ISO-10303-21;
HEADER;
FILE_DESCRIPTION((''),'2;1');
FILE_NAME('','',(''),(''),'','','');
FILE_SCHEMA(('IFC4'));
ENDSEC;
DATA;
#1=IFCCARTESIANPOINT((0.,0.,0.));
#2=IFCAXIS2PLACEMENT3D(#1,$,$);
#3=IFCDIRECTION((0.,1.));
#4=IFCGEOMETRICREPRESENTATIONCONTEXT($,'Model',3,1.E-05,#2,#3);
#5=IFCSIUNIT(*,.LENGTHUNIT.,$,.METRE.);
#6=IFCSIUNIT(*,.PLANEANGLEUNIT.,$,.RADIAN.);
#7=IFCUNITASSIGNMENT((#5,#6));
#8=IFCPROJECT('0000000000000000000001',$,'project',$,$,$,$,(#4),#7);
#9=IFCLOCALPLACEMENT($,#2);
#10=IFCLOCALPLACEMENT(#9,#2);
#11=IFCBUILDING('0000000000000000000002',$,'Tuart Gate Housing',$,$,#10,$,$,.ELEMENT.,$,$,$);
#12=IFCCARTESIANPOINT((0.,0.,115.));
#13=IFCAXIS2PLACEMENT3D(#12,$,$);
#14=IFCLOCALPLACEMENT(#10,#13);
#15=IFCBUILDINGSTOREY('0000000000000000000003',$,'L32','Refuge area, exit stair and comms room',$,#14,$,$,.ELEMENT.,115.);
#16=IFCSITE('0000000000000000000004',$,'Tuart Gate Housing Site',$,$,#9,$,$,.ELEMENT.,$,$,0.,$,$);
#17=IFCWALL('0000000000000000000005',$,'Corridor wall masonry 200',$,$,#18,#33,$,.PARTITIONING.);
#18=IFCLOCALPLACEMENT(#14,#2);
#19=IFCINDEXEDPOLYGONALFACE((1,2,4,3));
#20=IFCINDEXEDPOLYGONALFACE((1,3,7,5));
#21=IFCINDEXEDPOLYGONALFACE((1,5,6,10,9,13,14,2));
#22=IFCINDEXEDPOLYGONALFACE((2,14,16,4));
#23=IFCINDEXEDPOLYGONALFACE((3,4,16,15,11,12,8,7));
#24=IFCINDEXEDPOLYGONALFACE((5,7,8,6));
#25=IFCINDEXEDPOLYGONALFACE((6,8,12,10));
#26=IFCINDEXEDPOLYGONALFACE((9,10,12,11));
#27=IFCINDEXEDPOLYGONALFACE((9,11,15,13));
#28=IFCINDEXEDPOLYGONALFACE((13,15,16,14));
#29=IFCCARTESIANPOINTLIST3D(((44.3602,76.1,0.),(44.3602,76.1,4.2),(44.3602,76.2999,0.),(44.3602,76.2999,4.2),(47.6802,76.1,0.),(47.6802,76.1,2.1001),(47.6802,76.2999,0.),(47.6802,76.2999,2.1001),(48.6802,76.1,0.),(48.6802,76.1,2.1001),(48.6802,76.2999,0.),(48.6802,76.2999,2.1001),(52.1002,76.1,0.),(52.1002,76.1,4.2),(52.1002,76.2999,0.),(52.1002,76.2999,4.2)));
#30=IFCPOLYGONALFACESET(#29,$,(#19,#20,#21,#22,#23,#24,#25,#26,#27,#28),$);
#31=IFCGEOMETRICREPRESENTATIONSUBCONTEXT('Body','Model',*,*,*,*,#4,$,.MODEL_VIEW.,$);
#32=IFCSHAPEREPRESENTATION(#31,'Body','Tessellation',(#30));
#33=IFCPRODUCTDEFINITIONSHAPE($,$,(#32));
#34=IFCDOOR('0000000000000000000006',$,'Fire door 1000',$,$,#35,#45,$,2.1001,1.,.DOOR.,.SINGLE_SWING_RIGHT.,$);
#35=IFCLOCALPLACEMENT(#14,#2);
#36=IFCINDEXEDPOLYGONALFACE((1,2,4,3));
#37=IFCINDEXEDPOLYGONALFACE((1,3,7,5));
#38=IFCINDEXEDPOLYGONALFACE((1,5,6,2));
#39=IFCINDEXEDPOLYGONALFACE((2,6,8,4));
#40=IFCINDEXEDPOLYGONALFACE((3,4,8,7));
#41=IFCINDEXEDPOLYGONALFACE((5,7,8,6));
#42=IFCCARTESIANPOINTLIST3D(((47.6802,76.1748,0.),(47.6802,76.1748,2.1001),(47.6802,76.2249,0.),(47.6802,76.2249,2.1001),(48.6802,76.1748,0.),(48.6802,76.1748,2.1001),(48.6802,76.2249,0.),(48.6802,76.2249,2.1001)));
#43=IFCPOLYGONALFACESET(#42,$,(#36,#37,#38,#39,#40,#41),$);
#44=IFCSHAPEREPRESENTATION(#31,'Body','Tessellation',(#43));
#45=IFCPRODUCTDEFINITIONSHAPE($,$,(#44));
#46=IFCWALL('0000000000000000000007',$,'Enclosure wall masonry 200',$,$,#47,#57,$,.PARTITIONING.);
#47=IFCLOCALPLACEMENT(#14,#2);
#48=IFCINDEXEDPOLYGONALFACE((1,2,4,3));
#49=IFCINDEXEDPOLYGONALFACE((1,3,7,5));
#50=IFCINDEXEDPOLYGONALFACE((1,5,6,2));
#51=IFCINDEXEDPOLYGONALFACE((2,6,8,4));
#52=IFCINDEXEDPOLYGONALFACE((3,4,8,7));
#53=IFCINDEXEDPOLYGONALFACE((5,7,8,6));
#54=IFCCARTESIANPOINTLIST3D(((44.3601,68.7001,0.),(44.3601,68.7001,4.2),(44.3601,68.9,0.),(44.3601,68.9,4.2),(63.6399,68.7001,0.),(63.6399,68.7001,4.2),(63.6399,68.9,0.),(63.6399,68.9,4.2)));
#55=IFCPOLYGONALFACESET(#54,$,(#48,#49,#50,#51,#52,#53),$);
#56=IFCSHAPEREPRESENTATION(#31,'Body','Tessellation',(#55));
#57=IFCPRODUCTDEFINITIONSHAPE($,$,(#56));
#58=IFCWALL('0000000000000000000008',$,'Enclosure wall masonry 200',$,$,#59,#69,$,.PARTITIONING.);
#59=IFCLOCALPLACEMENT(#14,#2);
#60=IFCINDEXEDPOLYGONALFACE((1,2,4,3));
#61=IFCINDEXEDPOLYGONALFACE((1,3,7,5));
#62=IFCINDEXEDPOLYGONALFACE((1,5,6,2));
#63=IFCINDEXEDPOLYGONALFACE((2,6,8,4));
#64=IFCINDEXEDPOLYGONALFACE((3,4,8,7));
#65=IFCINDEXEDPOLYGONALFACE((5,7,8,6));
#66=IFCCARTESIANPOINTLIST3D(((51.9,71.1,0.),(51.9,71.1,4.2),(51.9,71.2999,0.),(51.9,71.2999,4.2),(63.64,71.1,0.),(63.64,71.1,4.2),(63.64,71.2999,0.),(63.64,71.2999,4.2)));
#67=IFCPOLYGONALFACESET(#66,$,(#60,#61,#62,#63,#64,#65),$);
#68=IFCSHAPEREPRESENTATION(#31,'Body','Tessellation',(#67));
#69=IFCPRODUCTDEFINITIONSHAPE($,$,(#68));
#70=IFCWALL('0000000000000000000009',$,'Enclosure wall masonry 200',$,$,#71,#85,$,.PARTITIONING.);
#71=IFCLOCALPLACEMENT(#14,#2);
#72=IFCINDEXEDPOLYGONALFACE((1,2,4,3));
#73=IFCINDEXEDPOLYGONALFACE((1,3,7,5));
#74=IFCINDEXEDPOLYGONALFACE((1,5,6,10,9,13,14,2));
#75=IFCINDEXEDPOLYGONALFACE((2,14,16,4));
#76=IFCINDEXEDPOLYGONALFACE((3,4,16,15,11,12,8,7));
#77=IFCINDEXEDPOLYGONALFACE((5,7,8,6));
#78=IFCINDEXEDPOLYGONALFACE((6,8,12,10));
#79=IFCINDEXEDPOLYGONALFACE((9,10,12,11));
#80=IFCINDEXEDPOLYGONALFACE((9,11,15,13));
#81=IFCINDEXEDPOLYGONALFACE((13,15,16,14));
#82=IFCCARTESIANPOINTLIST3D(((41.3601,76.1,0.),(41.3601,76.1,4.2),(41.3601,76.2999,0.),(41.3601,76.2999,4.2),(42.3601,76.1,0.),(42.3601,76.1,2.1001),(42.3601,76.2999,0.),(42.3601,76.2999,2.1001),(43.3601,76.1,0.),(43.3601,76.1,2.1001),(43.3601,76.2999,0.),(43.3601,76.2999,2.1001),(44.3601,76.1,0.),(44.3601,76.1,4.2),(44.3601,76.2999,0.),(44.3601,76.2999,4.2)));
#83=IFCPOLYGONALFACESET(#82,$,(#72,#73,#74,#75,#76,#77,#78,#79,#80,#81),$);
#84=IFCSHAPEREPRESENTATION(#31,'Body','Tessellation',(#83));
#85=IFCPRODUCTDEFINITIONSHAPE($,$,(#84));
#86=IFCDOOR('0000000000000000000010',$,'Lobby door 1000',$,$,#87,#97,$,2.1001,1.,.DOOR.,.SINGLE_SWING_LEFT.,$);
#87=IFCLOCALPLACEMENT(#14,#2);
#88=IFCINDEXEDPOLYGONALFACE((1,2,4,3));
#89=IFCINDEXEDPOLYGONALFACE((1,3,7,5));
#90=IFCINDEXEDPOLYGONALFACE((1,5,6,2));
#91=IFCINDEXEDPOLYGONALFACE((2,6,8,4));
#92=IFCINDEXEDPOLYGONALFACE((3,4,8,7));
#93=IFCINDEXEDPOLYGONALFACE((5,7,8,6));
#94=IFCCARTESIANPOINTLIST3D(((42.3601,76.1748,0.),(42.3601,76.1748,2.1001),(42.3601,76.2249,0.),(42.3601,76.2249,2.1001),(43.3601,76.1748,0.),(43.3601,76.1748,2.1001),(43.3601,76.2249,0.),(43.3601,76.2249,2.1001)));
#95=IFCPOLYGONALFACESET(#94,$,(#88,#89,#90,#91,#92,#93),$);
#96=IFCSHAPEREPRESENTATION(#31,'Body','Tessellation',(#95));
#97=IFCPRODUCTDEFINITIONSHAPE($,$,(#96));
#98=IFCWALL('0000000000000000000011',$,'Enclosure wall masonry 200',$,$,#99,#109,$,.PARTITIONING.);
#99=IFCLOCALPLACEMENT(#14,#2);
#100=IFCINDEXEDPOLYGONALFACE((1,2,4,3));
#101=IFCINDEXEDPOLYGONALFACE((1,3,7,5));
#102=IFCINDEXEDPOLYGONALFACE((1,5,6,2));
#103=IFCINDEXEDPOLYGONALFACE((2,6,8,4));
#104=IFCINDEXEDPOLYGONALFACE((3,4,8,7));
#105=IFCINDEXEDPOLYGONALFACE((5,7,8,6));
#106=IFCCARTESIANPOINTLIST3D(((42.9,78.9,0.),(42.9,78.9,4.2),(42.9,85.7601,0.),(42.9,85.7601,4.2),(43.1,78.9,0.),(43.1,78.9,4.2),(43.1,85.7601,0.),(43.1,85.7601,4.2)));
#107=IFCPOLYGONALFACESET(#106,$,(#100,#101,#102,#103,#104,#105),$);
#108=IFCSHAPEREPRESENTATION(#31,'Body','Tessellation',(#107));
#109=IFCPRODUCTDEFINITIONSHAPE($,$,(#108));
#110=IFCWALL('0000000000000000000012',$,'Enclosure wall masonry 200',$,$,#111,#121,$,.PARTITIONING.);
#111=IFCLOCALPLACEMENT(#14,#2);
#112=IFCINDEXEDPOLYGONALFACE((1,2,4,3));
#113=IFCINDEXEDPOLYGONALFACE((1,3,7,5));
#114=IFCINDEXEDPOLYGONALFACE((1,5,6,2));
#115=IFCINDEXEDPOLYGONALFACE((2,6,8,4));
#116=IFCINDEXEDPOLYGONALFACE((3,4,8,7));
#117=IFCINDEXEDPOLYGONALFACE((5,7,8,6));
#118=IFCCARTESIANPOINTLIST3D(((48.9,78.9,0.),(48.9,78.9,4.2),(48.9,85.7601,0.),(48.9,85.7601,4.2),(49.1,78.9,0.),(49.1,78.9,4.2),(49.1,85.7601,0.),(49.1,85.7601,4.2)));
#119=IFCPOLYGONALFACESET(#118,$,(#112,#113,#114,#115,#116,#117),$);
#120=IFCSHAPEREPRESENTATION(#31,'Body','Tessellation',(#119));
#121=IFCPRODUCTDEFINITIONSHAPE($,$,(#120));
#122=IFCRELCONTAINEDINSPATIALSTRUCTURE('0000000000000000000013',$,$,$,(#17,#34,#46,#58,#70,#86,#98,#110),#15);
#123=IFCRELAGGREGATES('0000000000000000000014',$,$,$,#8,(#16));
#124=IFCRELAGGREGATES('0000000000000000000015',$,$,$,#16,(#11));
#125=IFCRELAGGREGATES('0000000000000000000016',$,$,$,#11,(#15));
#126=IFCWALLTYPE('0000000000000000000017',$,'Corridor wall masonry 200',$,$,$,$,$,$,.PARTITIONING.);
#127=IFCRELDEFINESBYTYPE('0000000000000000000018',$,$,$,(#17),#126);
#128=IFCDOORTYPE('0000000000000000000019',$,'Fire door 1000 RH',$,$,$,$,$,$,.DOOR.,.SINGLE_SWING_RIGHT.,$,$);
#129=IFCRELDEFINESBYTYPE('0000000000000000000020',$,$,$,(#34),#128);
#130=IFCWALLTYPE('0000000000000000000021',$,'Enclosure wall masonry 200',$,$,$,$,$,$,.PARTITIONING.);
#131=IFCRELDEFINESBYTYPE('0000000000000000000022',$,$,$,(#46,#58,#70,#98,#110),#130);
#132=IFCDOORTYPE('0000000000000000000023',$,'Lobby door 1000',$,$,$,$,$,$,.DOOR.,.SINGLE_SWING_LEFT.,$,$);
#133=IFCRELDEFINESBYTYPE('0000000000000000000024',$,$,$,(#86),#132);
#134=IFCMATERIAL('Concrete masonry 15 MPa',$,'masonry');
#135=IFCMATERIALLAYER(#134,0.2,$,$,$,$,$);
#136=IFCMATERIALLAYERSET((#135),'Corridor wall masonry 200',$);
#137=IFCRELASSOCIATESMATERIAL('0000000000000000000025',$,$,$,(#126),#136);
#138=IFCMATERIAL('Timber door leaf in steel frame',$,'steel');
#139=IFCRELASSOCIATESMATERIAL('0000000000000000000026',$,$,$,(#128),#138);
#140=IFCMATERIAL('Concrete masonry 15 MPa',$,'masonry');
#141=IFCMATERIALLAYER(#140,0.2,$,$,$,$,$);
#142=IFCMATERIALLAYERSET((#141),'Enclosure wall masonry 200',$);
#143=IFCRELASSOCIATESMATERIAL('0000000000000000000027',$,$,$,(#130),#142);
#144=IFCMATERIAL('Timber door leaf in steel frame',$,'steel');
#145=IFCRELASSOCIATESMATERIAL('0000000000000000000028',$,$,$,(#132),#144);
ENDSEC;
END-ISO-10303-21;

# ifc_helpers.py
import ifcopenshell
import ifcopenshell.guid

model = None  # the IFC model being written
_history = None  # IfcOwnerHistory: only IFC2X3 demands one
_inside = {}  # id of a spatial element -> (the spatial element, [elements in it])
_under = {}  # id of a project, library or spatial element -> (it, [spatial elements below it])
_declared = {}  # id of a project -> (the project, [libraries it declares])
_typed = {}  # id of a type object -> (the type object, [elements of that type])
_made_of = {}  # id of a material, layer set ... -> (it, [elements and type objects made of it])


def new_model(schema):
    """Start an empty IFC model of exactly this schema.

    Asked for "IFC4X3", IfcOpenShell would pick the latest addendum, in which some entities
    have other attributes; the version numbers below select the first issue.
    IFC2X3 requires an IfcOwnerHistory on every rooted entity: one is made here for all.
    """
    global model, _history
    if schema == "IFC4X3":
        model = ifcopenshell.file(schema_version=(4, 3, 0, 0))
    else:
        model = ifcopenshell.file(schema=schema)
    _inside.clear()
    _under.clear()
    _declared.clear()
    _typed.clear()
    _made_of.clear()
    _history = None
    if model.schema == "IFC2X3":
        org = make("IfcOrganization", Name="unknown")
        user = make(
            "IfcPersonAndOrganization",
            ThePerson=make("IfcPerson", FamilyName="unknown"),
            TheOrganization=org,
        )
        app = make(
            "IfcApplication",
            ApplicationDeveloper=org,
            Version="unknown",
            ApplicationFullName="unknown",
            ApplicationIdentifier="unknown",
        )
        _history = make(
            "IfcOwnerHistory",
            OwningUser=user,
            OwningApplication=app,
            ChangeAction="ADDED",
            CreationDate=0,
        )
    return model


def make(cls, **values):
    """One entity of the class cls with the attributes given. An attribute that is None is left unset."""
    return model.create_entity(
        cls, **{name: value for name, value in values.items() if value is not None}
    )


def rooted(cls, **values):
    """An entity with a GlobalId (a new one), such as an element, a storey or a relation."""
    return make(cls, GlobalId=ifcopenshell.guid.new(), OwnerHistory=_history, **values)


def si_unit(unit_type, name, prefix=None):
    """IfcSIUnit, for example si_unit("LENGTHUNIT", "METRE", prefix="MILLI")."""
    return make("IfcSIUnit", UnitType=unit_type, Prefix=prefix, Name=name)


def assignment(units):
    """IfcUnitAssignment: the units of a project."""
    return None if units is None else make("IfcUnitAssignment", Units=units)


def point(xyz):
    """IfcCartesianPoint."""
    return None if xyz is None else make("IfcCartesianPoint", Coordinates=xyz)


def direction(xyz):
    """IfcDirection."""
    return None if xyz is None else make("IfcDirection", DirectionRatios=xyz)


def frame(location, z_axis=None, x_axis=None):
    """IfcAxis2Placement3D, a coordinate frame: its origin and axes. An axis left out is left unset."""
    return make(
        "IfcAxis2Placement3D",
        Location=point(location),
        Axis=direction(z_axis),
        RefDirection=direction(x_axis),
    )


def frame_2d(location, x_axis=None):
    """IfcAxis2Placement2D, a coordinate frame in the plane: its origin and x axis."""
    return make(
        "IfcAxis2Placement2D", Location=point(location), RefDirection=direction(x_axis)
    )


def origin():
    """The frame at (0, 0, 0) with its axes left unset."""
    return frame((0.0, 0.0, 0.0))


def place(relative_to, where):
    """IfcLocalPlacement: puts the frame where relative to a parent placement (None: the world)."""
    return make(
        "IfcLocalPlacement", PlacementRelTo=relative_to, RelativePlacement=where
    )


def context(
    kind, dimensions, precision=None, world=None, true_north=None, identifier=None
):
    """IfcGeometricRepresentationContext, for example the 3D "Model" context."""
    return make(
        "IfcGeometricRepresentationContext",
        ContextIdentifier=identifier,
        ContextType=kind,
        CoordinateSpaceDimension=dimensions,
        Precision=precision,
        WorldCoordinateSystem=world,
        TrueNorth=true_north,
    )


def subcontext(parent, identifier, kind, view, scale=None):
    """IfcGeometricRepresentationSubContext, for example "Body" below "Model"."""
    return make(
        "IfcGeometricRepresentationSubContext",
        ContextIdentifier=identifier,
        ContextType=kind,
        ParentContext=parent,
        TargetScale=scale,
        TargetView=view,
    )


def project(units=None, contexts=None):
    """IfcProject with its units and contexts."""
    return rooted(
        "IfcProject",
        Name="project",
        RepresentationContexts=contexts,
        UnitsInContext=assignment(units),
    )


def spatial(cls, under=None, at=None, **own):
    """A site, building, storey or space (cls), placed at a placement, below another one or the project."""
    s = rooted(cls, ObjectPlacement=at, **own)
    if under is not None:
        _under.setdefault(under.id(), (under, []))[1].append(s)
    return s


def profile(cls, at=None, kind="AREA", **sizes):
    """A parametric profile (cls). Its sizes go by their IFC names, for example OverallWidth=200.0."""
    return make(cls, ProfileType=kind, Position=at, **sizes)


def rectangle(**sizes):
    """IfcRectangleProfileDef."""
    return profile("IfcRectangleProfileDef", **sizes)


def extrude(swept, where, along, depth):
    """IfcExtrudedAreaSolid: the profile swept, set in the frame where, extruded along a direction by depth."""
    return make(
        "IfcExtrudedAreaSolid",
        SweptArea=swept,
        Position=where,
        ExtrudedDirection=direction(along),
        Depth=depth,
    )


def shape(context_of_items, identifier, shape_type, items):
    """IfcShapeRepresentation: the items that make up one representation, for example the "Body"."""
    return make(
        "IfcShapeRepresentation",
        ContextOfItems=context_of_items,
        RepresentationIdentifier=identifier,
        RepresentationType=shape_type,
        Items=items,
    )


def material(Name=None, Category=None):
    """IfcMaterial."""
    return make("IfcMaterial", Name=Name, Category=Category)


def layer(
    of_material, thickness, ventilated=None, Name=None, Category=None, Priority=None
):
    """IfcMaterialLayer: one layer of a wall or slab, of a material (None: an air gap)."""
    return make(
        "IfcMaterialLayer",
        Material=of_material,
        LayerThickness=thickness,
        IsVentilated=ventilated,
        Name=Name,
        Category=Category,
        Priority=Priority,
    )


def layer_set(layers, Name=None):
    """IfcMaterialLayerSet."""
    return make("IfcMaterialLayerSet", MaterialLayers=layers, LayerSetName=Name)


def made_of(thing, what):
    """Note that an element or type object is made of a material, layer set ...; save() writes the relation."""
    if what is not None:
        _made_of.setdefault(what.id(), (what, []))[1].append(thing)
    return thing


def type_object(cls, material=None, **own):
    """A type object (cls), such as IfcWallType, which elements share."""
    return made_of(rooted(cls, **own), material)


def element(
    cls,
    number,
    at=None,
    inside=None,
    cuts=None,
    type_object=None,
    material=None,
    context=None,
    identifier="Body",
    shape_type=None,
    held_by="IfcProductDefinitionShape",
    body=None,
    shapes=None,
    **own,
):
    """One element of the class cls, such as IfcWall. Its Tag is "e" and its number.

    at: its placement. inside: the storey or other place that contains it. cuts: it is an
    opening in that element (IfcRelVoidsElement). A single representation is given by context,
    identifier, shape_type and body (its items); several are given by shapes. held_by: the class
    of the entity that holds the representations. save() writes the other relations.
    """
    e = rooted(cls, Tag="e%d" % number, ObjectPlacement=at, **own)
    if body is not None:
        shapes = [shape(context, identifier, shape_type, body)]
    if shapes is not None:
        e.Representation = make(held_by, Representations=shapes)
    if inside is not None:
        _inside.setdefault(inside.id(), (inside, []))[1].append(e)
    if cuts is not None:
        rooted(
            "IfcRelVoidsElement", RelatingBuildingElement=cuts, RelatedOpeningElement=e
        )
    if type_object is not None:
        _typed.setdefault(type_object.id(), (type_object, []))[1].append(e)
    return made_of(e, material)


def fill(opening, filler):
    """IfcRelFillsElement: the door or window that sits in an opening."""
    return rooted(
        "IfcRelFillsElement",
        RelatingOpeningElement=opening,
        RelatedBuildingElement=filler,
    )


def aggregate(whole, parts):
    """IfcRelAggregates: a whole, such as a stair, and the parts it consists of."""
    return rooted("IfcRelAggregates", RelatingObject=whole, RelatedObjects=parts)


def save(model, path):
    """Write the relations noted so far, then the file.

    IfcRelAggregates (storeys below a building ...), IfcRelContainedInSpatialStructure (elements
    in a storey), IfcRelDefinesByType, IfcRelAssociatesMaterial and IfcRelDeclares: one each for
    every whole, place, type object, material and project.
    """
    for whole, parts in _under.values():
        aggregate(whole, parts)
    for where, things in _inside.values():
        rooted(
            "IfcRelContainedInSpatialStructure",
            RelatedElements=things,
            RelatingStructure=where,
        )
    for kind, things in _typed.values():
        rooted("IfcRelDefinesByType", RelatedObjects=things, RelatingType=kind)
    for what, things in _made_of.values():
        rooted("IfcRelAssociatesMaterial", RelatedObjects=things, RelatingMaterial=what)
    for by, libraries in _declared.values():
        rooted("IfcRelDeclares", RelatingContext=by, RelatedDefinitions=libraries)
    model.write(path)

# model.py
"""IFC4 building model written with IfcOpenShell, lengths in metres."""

from ifc_helpers import new_model, si_unit, direction, frame, frame_2d, origin, place, context, subcontext, project, spatial, rectangle, extrude, material, layer, layer_set, type_object, element, fill, save


model = new_model("IFC4")

# Units and contexts
model_context = context("Model", 3, precision=1e-05, world=origin(), true_north=direction((0.0, 1.0)))
body_context = subcontext(model_context, "Body", "Model", "MODEL_VIEW")
ifc_project = project(units=[si_unit("LENGTHUNIT", "METRE"), si_unit("PLANEANGLEUNIT", "RADIAN")], contexts=[model_context])

# Site, building, storey
site_placement = place(None, origin())
site = spatial("IfcSite", under=ifc_project, at=site_placement, Name="Tuart Gate Housing Site", CompositionType="ELEMENT", RefElevation=0.0)
building_placement = place(site_placement, origin())
building = spatial("IfcBuilding", under=site, at=building_placement, Name="Tuart Gate Housing", CompositionType="ELEMENT")
storey_placement = place(building_placement, frame((0.0, 0.0, 115.0)))
storey = spatial("IfcBuildingStorey", under=building, at=storey_placement, Name="L32", Description="Refuge area, exit stair and comms room", CompositionType="ELEMENT", Elevation=115.0)

# Shared definitions
ifc_material_1 = material(Name="Concrete masonry 15 MPa", Category="masonry")
ifc_layer_1 = layer(ifc_material_1, 0.2)
ifc_layer_set_1 = layer_set([ifc_layer_1], Name="Corridor wall masonry 200")
wall_type_1 = type_object("IfcWallType", Name="Corridor wall masonry 200", PredefinedType="PARTITIONING", material=ifc_layer_set_1)

# Wall, opening, door
wall_1_placement = place(storey_placement, frame((44.3601, 76.2, 0.0), z_axis=(0.0, 0.0, 1.0), x_axis=(1.0, 0.0, 0.0)))
wall_1 = element("IfcWall", 1, at=wall_1_placement, inside=storey, type_object=wall_type_1, Name="Corridor wall masonry 200", PredefinedType="PARTITIONING", context=body_context, shape_type="SweptSolid", body=[
    extrude(rectangle(XDim=7.74, YDim=0.2, at=frame_2d((3.8701, 0.0))), origin(), (0.0, 0.0, 1.0), 4.2),
])
opening_1_placement = place(wall_1_placement, frame((3.3201, 0.0, 0.0)))
opening_1 = element("IfcOpeningElement", 2, at=opening_1_placement, cuts=wall_1, PredefinedType="OPENING", context=body_context, shape_type="SweptSolid", body=[
    extrude(rectangle(XDim=1.0, YDim=2.1001, at=frame_2d((0.5, 1.05))), frame((0.0, 0.1099, 0.0), z_axis=(0.0, -1.0, 0.0), x_axis=(1.0, 0.0, 0.0)), (0.0, 0.0, 1.0), 0.22),
])
ifc_material_2 = material(Name="Timber door leaf in steel frame", Category="steel")
door_type_1 = type_object("IfcDoorType", Name="Fire door 1000 RH", OperationType="SINGLE_SWING_RIGHT", PredefinedType="DOOR", material=ifc_material_2)
door_1_placement = place(opening_1_placement, frame((1.0, 0.0, 0.0), z_axis=(0.0, 0.0, 1.0), x_axis=(-1.0, 0.0, 0.0)))
door_1 = element("IfcDoor", 3, at=door_1_placement, inside=storey, type_object=door_type_1, Name="Fire door 1000", OperationType="SINGLE_SWING_RIGHT", OverallHeight=2.1001, OverallWidth=1.0, PredefinedType="DOOR", context=body_context, shape_type="SweptSolid", body=[
    extrude(rectangle(XDim=1.0, YDim=2.1001, at=frame_2d((0.5, 1.05))), frame((0.0, 0.0251, 0.0), z_axis=(0.0, -1.0, 0.0), x_axis=(1.0, 0.0, 0.0)), (0.0, 0.0, 1.0), 0.05),
])
fill(opening_1, door_1)

# Walls
ifc_material_3 = material(Name="Concrete masonry 15 MPa", Category="masonry")
ifc_layer_2 = layer(ifc_material_3, 0.2)
ifc_layer_set_2 = layer_set([ifc_layer_2], Name="Enclosure wall masonry 200")
wall_type_2 = type_object("IfcWallType", Name="Enclosure wall masonry 200", PredefinedType="PARTITIONING", material=ifc_layer_set_2)
wall_2_placement = place(storey_placement, frame((44.3601, 68.8, 0.0), z_axis=(0.0, 0.0, 1.0), x_axis=(1.0, 0.0, 0.0)))
element("IfcWall", 4, at=wall_2_placement, inside=storey, type_object=wall_type_2, Name="Enclosure wall masonry 200", PredefinedType="PARTITIONING", context=body_context, shape_type="SweptSolid", body=[
    extrude(rectangle(XDim=19.2798, YDim=0.2, at=frame_2d((9.6399, 0.0))), origin(), (0.0, 0.0, 1.0), 4.2),
])
wall_3_placement = place(storey_placement, frame((51.8999, 71.2, 0.0), z_axis=(0.0, 0.0, 1.0), x_axis=(1.0, 0.0, 0.0)))
element("IfcWall", 5, at=wall_3_placement, inside=storey, type_object=wall_type_2, Name="Enclosure wall masonry 200", PredefinedType="PARTITIONING", context=body_context, shape_type="SweptSolid", body=[
    extrude(rectangle(XDim=11.74, YDim=0.2, at=frame_2d((5.8701, 0.0))), origin(), (0.0, 0.0, 1.0), 4.2),
])

# Wall, opening, door
wall_4_placement = place(storey_placement, frame((41.3601, 76.2, 0.0), z_axis=(0.0, 0.0, 1.0), x_axis=(1.0, 0.0, 0.0)))
wall_4 = element("IfcWall", 6, at=wall_4_placement, inside=storey, type_object=wall_type_2, Name="Enclosure wall masonry 200", PredefinedType="PARTITIONING", context=body_context, shape_type="SweptSolid", body=[
    extrude(rectangle(XDim=3.0, YDim=0.2, at=frame_2d((1.5, 0.0))), origin(), (0.0, 0.0, 1.0), 4.2),
])
opening_2_placement = place(wall_4_placement, frame((1.0, 0.0, 0.0)))
opening_2 = element("IfcOpeningElement", 7, at=opening_2_placement, cuts=wall_4, PredefinedType="OPENING", context=body_context, shape_type="SweptSolid", body=[
    extrude(rectangle(XDim=1.0, YDim=2.1001, at=frame_2d((0.5, 1.05))), frame((0.0, 0.1099, 0.0), z_axis=(0.0, -1.0, 0.0), x_axis=(1.0, 0.0, 0.0)), (0.0, 0.0, 1.0), 0.22),
])
ifc_material_4 = material(Name="Timber door leaf in steel frame", Category="steel")
door_type_2 = type_object("IfcDoorType", Name="Lobby door 1000", OperationType="SINGLE_SWING_LEFT", PredefinedType="DOOR", material=ifc_material_4)
door_2_placement = place(opening_2_placement, frame((1.0, 0.0, 0.0), z_axis=(0.0, 0.0, 1.0), x_axis=(-1.0, 0.0, 0.0)))
door_2 = element("IfcDoor", 8, at=door_2_placement, inside=storey, type_object=door_type_2, Name="Lobby door 1000", OperationType="SINGLE_SWING_LEFT", OverallHeight=2.1001, OverallWidth=1.0, PredefinedType="DOOR", context=body_context, shape_type="SweptSolid", body=[
    extrude(rectangle(XDim=1.0, YDim=2.1001, at=frame_2d((0.5, 1.05))), frame((0.0, 0.0251, 0.0), z_axis=(0.0, -1.0, 0.0), x_axis=(1.0, 0.0, 0.0)), (0.0, 0.0, 1.0), 0.05),
])
fill(opening_2, door_2)

# Walls
for number, where, z_axis, x_axis, name in (
    (9, (43.0, 78.8999, 0.0), (0.0, 0.0, 1.0), (0.0, 1.0, 0.0), "Enclosure wall masonry 200"),
    (10, (49.0, 78.8999, 0.0), (0.0, 0.0, 1.0), (0.0, 1.0, 0.0), "Enclosure wall masonry 200"),
):
    element("IfcWall", number, at=place(storey_placement, frame(where, z_axis=z_axis, x_axis=x_axis)), inside=storey, type_object=wall_type_2, Name=name, PredefinedType="PARTITIONING", context=body_context, shape_type="SweptSolid", body=[
        extrude(rectangle(XDim=6.8601, YDim=0.2, at=frame_2d((3.4302, 0.0))), origin(), (0.0, 0.0, 1.0), 4.2),
    ])

save(model, "model.ifc")
